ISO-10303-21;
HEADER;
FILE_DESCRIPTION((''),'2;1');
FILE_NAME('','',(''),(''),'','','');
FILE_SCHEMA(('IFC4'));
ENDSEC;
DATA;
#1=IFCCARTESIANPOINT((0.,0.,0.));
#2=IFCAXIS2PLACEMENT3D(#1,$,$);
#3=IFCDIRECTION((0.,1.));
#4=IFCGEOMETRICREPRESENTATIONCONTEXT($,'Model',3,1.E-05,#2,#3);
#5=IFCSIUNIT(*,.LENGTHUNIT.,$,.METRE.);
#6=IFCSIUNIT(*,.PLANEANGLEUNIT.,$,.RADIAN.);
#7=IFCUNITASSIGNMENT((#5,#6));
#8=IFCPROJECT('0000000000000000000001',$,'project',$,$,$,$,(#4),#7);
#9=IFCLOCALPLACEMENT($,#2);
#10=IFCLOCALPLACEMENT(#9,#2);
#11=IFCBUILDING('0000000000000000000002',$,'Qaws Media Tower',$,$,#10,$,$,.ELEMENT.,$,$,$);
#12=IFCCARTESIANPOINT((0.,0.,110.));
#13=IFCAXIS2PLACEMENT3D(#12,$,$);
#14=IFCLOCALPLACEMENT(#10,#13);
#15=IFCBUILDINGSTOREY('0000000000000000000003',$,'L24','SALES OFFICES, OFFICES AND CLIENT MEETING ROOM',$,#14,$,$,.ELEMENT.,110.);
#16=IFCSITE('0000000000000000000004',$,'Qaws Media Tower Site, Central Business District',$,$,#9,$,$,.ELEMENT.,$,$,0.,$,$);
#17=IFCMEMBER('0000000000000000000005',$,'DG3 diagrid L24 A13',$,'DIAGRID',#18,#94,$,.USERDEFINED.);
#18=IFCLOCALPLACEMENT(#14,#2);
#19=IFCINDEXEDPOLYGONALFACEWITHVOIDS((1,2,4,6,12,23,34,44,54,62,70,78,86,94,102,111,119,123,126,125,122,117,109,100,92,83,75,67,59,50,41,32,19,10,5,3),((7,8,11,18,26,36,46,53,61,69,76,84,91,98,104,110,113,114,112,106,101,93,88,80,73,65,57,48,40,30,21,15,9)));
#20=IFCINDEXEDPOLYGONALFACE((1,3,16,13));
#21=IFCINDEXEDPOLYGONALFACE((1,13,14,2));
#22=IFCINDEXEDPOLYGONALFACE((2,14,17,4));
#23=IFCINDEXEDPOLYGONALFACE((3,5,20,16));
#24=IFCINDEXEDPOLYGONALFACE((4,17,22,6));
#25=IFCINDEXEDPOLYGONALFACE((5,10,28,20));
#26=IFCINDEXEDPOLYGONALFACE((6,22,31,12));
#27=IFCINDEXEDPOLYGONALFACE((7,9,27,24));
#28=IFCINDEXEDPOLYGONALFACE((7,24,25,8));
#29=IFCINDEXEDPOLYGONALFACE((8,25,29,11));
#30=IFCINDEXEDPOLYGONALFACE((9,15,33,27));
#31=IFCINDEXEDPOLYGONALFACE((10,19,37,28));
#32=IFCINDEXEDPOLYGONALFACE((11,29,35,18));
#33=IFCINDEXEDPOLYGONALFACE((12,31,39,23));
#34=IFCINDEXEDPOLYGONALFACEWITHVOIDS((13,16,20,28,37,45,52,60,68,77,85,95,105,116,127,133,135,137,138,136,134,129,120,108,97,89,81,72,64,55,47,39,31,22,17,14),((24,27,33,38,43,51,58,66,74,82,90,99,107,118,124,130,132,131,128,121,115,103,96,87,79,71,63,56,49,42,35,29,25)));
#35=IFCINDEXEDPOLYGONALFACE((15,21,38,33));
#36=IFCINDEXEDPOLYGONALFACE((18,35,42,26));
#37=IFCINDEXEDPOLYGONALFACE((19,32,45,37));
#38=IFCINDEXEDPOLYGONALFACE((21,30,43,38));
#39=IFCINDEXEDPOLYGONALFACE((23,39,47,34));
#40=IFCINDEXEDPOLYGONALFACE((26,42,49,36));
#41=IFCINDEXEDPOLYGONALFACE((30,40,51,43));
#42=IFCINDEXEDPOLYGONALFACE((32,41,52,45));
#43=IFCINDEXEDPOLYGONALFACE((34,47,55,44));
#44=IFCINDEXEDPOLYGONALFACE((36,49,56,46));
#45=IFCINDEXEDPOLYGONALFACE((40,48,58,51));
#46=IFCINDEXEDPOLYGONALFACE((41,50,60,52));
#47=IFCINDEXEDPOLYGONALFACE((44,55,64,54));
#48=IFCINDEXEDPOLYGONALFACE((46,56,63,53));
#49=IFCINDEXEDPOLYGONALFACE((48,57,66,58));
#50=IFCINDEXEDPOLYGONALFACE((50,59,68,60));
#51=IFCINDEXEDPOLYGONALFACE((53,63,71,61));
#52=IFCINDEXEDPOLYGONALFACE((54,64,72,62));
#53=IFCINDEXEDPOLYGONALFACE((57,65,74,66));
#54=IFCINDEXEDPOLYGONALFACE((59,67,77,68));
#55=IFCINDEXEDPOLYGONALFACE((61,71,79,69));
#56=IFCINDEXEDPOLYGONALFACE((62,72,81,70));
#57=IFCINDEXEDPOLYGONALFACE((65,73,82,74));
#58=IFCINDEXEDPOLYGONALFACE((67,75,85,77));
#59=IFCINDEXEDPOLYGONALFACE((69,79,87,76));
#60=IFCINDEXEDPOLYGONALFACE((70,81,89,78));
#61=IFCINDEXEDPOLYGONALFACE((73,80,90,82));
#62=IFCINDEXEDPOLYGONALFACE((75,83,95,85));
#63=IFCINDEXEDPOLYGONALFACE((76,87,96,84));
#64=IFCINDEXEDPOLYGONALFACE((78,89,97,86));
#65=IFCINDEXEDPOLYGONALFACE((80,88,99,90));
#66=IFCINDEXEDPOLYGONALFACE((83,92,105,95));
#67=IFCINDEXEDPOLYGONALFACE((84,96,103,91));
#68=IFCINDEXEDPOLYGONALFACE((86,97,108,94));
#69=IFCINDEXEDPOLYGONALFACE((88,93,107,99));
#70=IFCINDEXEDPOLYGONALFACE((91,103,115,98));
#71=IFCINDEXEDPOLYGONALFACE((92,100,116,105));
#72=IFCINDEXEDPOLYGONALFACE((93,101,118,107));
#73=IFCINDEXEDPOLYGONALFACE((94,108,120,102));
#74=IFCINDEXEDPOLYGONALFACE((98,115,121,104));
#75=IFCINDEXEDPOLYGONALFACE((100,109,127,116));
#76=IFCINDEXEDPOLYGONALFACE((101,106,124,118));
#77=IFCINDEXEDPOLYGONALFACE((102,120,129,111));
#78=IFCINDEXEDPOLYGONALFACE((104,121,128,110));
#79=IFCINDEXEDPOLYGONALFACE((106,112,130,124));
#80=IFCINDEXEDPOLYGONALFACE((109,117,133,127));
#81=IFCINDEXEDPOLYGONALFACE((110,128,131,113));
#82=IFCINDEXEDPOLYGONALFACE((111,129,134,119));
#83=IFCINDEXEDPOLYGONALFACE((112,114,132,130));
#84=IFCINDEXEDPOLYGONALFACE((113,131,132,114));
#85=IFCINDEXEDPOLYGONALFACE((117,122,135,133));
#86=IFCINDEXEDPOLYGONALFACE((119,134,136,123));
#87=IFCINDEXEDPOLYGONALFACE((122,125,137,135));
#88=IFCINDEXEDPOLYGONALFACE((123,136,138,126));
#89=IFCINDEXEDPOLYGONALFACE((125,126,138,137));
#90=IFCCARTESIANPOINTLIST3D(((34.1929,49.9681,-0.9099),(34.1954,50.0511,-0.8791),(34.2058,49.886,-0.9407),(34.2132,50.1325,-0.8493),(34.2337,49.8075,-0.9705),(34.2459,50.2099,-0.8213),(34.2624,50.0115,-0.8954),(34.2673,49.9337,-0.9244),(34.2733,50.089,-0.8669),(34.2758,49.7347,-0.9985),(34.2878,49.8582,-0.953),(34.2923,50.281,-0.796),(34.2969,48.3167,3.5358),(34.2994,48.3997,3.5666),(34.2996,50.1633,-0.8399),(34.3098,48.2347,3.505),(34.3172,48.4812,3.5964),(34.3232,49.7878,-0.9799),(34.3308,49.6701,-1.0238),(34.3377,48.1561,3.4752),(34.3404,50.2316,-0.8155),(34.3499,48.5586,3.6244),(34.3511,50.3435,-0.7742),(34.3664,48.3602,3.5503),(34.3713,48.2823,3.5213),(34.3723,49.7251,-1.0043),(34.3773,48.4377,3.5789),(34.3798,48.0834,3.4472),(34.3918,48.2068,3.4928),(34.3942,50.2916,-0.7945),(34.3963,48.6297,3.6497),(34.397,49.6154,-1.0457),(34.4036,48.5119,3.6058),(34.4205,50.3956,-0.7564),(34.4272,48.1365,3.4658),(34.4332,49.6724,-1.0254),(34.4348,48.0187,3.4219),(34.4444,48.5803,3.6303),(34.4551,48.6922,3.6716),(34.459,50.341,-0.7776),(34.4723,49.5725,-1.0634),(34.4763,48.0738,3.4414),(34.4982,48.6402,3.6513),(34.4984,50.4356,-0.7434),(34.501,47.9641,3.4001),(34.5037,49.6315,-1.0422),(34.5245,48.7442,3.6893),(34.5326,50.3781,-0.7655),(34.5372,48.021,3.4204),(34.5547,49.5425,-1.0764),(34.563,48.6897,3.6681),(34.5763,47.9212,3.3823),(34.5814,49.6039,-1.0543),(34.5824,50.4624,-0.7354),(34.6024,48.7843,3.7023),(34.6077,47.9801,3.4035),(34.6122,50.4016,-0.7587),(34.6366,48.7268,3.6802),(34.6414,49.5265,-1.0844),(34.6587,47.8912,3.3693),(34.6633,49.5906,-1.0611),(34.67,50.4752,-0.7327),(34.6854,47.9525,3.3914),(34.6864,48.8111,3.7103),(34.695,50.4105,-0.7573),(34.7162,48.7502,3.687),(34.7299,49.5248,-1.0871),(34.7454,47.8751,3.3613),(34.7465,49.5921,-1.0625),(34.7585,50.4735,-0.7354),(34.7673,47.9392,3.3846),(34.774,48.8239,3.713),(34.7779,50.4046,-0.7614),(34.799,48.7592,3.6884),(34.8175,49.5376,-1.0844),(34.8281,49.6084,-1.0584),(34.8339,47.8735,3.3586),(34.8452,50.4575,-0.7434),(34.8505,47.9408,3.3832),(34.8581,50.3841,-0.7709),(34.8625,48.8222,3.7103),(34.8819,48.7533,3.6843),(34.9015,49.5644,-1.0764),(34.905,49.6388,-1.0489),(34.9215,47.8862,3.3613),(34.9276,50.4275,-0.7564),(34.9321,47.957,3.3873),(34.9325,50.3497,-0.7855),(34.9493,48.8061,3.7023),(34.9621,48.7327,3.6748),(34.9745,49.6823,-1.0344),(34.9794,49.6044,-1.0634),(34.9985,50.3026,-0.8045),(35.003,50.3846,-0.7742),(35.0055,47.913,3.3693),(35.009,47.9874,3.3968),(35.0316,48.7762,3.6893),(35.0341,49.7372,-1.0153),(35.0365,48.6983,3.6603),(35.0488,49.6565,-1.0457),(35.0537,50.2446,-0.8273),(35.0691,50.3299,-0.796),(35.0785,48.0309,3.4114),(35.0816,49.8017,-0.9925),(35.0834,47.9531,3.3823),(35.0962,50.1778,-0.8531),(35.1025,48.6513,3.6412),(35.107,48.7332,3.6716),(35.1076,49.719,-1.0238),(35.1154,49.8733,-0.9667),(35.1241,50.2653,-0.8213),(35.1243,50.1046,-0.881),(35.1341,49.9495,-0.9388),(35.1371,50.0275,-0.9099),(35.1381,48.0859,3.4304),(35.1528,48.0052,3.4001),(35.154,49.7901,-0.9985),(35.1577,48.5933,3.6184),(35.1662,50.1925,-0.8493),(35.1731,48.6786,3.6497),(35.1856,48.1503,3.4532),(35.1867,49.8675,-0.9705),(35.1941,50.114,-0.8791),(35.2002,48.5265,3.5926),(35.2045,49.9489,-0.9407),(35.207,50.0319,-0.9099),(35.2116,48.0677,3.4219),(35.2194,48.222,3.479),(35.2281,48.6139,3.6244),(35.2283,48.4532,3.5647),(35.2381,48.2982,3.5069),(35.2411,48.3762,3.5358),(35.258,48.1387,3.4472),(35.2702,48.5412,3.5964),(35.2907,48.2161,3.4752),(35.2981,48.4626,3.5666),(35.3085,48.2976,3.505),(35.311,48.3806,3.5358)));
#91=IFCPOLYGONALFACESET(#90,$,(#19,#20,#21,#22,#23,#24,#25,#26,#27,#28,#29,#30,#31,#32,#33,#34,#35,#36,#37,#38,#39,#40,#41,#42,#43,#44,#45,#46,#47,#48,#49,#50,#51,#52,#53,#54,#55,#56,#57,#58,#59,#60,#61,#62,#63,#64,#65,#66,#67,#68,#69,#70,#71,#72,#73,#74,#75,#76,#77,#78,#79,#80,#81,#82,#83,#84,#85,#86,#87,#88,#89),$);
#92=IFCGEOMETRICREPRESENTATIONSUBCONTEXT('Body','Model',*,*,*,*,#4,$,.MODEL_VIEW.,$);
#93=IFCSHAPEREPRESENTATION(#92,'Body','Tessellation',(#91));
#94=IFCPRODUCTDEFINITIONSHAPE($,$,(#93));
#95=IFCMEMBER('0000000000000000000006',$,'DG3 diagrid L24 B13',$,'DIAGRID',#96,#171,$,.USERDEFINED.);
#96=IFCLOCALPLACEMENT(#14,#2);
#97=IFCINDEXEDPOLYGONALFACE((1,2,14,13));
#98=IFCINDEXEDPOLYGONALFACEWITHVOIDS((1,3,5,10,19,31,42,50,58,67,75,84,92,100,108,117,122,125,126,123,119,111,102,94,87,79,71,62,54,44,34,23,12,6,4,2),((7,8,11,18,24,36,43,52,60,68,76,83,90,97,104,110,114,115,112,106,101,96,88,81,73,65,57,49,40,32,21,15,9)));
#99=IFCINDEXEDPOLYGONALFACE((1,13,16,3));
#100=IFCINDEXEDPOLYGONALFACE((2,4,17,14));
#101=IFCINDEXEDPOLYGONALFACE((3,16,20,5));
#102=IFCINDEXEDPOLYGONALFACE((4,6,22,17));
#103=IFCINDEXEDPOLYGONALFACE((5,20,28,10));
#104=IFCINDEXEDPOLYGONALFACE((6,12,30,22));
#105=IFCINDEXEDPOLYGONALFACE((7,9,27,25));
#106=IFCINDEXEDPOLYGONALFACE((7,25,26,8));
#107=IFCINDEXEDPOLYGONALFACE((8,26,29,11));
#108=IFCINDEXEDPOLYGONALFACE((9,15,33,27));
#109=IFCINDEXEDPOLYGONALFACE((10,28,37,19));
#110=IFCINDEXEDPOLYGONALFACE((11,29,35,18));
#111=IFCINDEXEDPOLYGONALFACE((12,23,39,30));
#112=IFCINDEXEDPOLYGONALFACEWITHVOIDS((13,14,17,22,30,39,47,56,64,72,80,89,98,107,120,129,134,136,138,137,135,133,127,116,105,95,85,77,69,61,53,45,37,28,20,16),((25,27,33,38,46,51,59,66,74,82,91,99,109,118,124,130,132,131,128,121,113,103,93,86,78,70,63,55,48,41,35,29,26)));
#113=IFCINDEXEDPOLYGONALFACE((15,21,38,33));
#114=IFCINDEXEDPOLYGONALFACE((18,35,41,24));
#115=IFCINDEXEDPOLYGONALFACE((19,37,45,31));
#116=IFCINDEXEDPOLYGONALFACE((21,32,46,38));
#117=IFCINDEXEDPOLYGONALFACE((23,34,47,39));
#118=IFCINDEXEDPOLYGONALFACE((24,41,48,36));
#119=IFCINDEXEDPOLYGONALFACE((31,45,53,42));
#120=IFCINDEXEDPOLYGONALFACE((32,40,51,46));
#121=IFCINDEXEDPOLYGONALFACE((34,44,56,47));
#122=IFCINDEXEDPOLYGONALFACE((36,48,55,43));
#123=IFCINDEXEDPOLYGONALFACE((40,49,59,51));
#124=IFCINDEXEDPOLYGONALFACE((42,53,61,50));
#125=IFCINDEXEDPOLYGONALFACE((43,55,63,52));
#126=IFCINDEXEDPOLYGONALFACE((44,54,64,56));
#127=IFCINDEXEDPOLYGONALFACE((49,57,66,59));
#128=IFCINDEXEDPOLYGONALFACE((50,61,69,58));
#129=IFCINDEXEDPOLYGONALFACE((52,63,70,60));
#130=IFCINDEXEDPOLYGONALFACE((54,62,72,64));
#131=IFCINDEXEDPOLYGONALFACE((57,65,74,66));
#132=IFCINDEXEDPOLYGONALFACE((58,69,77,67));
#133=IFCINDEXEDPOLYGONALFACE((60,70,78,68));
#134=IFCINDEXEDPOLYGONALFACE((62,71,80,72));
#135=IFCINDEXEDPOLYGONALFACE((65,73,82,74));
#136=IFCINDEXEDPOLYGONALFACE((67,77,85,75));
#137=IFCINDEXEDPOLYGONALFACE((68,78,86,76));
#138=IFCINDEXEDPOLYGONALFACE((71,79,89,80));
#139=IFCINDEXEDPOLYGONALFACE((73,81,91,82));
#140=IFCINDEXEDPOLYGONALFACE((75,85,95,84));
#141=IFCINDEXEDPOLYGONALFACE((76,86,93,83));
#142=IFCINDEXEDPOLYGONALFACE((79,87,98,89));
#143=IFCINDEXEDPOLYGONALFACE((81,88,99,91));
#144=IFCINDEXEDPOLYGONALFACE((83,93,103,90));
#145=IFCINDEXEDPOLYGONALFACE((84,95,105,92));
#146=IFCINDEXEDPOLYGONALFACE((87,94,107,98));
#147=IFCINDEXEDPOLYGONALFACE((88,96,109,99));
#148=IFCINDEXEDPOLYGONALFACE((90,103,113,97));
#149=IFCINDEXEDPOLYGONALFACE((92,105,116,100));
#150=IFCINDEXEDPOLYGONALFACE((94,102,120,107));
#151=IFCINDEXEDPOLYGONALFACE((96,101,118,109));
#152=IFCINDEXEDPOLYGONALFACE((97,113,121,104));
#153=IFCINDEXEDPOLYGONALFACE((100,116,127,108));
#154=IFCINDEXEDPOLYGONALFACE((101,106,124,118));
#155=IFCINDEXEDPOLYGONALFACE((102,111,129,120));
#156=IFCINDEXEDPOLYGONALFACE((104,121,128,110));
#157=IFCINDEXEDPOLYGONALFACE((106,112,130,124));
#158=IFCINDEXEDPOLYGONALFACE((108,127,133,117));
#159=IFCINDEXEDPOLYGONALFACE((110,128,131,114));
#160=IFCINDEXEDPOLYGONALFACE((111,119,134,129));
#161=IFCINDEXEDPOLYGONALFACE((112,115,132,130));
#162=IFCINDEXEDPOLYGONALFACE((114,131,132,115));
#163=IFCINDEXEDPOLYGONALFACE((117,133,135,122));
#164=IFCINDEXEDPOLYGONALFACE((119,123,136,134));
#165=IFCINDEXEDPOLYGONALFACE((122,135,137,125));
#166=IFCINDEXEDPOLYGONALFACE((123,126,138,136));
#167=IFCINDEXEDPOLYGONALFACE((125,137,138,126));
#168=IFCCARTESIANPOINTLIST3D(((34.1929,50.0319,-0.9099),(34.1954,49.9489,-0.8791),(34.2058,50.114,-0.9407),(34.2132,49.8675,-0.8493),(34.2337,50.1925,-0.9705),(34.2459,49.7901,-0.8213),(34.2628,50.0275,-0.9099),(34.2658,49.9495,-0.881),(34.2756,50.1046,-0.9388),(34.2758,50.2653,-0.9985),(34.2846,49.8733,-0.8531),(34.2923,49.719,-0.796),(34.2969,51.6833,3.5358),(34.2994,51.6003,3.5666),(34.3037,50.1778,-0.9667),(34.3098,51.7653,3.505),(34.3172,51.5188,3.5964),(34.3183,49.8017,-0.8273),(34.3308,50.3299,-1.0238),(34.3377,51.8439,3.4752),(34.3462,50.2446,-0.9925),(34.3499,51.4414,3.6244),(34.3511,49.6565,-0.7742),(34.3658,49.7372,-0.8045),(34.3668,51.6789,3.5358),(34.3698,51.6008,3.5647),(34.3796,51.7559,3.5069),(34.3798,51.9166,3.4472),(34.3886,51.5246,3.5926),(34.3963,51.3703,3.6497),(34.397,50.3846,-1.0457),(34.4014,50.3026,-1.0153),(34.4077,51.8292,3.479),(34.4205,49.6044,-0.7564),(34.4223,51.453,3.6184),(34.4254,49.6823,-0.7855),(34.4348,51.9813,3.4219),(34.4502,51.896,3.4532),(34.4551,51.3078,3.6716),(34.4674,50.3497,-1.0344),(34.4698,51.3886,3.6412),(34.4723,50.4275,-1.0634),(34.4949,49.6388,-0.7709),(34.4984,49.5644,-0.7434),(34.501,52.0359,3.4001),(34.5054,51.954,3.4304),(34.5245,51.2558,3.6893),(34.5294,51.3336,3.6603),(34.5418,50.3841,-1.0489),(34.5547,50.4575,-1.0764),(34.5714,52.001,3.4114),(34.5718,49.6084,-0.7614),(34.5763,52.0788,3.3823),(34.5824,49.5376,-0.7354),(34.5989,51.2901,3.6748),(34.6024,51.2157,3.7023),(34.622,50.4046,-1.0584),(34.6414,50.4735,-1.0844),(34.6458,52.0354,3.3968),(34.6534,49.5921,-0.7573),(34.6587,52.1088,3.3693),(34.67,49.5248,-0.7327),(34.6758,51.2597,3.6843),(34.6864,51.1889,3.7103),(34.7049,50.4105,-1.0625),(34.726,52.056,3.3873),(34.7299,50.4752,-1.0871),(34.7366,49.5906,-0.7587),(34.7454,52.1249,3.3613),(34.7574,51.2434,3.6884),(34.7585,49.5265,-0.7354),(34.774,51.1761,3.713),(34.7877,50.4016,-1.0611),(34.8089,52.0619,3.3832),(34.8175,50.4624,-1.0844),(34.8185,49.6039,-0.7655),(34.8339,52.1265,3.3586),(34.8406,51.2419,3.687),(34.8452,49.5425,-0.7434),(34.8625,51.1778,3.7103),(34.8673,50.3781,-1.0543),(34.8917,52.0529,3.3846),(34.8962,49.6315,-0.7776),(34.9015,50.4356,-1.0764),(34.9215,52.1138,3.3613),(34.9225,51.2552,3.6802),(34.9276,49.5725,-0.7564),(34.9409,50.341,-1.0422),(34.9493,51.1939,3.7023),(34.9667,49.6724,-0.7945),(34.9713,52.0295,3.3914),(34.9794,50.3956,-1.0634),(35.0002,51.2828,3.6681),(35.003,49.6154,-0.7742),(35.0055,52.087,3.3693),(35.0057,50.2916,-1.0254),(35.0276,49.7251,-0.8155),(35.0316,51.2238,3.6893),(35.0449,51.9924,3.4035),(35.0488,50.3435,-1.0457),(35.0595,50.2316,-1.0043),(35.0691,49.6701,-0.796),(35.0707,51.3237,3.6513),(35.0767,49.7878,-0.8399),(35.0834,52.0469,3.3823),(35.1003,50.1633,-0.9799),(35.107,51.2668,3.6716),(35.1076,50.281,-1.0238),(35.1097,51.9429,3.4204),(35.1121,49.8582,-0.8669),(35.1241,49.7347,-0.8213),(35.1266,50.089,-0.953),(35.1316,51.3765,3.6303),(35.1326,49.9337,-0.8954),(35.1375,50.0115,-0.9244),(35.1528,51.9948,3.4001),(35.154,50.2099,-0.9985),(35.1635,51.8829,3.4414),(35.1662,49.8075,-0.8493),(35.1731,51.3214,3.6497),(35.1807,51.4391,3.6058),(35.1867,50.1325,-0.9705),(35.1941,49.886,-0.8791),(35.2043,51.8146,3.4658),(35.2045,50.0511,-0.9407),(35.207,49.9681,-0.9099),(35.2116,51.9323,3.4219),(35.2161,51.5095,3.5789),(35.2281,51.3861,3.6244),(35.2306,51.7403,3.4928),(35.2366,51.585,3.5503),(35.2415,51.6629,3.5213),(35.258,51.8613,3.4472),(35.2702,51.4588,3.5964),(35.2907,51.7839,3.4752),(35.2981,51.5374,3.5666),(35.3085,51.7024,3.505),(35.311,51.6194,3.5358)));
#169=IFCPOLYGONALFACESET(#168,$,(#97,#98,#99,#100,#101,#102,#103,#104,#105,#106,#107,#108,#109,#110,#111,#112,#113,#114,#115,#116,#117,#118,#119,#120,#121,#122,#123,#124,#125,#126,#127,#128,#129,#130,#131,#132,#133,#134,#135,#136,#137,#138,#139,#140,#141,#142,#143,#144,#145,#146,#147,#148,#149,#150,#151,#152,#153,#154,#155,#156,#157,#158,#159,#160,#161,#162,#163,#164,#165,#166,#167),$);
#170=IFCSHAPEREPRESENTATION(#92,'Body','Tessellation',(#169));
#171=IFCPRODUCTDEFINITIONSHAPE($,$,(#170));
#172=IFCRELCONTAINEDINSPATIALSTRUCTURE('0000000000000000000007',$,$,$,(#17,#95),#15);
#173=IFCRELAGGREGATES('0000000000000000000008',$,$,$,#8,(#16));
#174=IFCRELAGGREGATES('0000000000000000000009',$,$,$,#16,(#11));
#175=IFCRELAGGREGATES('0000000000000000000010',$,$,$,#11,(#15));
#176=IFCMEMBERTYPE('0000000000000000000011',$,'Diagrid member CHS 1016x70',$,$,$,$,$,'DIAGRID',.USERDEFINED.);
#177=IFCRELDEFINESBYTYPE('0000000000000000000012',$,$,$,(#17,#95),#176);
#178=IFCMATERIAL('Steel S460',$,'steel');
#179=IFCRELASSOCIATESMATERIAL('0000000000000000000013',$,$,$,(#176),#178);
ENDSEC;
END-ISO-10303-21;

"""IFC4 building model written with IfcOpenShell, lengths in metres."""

from ifc_helpers import new_model, si_unit, direction, frame, origin, origin_2d, place, context, subcontext, project, spatial, hollow_circle, extrude, material, material_profile, profile_set, type_object, element, save


model = new_model("IFC4")

# Units and contexts
model_context = context("Model", 3, precision=1e-05, world=origin(), true_north=direction((0.0, 1.0)))
body_context = subcontext(model_context, "Body", "Model", "MODEL_VIEW")
ifc_project = project(units=[si_unit("LENGTHUNIT", "METRE"), si_unit("PLANEANGLEUNIT", "RADIAN")], contexts=[model_context])

# Site, building, storey
site_placement = place(None, origin())
site = spatial("IfcSite", under=ifc_project, at=site_placement, Name="Qaws Media Tower Site, Central Business District", CompositionType="ELEMENT", RefElevation=0.0)
building_placement = place(site_placement, origin())
building = spatial("IfcBuilding", under=site, at=building_placement, Name="Qaws Media Tower", CompositionType="ELEMENT")
storey_placement = place(building_placement, frame((0.0, 0.0, 110.0)))
storey = spatial("IfcBuildingStorey", under=building, at=storey_placement, Name="L24", Description="SALES OFFICES, OFFICES AND CLIENT MEETING ROOM", CompositionType="ELEMENT", Elevation=110.0)

# Members
ifc_material_1 = material(Name="Steel S460", Category="steel")
ifc_material_profile_1 = material_profile(ifc_material_1, hollow_circle(Radius=0.5081, WallThickness=0.0701, at=origin_2d()), Name="CHS 1016x70")
ifc_profile_set_1 = profile_set([ifc_material_profile_1], Name="Steel S460")
member_type_1 = type_object("IfcMemberType", Name="Diagrid member CHS 1016x70", ElementType="DIAGRID", PredefinedType="USERDEFINED", material=ifc_profile_set_1)
for number, where, z_axis, x_axis, name in (
    (1, (34.7, 50.0, -0.9099), (0.021924, -0.348116, 0.937195), (0.998023, 0.062856, 0.0), "DG3 diagrid L24 A13"),
    (2, (34.7, 50.0, -0.9099), (0.021924, 0.348116, 0.937195), (-0.998023, 0.062856, 0.0), "DG3 diagrid L24 B13"),
):
    element("IfcMember", number, at=place(storey_placement, frame(where, z_axis=z_axis, x_axis=x_axis)), inside=storey, type_object=member_type_1, Name=name, ObjectType="DIAGRID", PredefinedType="USERDEFINED", context=body_context, shape_type="SweptSolid", body=[
        extrude(hollow_circle(Radius=0.5081, WallThickness=0.0701, at=origin_2d()), origin(), (0.0, 0.0, 1.0), 4.7437),
    ])

save(model, "model.ifc")
